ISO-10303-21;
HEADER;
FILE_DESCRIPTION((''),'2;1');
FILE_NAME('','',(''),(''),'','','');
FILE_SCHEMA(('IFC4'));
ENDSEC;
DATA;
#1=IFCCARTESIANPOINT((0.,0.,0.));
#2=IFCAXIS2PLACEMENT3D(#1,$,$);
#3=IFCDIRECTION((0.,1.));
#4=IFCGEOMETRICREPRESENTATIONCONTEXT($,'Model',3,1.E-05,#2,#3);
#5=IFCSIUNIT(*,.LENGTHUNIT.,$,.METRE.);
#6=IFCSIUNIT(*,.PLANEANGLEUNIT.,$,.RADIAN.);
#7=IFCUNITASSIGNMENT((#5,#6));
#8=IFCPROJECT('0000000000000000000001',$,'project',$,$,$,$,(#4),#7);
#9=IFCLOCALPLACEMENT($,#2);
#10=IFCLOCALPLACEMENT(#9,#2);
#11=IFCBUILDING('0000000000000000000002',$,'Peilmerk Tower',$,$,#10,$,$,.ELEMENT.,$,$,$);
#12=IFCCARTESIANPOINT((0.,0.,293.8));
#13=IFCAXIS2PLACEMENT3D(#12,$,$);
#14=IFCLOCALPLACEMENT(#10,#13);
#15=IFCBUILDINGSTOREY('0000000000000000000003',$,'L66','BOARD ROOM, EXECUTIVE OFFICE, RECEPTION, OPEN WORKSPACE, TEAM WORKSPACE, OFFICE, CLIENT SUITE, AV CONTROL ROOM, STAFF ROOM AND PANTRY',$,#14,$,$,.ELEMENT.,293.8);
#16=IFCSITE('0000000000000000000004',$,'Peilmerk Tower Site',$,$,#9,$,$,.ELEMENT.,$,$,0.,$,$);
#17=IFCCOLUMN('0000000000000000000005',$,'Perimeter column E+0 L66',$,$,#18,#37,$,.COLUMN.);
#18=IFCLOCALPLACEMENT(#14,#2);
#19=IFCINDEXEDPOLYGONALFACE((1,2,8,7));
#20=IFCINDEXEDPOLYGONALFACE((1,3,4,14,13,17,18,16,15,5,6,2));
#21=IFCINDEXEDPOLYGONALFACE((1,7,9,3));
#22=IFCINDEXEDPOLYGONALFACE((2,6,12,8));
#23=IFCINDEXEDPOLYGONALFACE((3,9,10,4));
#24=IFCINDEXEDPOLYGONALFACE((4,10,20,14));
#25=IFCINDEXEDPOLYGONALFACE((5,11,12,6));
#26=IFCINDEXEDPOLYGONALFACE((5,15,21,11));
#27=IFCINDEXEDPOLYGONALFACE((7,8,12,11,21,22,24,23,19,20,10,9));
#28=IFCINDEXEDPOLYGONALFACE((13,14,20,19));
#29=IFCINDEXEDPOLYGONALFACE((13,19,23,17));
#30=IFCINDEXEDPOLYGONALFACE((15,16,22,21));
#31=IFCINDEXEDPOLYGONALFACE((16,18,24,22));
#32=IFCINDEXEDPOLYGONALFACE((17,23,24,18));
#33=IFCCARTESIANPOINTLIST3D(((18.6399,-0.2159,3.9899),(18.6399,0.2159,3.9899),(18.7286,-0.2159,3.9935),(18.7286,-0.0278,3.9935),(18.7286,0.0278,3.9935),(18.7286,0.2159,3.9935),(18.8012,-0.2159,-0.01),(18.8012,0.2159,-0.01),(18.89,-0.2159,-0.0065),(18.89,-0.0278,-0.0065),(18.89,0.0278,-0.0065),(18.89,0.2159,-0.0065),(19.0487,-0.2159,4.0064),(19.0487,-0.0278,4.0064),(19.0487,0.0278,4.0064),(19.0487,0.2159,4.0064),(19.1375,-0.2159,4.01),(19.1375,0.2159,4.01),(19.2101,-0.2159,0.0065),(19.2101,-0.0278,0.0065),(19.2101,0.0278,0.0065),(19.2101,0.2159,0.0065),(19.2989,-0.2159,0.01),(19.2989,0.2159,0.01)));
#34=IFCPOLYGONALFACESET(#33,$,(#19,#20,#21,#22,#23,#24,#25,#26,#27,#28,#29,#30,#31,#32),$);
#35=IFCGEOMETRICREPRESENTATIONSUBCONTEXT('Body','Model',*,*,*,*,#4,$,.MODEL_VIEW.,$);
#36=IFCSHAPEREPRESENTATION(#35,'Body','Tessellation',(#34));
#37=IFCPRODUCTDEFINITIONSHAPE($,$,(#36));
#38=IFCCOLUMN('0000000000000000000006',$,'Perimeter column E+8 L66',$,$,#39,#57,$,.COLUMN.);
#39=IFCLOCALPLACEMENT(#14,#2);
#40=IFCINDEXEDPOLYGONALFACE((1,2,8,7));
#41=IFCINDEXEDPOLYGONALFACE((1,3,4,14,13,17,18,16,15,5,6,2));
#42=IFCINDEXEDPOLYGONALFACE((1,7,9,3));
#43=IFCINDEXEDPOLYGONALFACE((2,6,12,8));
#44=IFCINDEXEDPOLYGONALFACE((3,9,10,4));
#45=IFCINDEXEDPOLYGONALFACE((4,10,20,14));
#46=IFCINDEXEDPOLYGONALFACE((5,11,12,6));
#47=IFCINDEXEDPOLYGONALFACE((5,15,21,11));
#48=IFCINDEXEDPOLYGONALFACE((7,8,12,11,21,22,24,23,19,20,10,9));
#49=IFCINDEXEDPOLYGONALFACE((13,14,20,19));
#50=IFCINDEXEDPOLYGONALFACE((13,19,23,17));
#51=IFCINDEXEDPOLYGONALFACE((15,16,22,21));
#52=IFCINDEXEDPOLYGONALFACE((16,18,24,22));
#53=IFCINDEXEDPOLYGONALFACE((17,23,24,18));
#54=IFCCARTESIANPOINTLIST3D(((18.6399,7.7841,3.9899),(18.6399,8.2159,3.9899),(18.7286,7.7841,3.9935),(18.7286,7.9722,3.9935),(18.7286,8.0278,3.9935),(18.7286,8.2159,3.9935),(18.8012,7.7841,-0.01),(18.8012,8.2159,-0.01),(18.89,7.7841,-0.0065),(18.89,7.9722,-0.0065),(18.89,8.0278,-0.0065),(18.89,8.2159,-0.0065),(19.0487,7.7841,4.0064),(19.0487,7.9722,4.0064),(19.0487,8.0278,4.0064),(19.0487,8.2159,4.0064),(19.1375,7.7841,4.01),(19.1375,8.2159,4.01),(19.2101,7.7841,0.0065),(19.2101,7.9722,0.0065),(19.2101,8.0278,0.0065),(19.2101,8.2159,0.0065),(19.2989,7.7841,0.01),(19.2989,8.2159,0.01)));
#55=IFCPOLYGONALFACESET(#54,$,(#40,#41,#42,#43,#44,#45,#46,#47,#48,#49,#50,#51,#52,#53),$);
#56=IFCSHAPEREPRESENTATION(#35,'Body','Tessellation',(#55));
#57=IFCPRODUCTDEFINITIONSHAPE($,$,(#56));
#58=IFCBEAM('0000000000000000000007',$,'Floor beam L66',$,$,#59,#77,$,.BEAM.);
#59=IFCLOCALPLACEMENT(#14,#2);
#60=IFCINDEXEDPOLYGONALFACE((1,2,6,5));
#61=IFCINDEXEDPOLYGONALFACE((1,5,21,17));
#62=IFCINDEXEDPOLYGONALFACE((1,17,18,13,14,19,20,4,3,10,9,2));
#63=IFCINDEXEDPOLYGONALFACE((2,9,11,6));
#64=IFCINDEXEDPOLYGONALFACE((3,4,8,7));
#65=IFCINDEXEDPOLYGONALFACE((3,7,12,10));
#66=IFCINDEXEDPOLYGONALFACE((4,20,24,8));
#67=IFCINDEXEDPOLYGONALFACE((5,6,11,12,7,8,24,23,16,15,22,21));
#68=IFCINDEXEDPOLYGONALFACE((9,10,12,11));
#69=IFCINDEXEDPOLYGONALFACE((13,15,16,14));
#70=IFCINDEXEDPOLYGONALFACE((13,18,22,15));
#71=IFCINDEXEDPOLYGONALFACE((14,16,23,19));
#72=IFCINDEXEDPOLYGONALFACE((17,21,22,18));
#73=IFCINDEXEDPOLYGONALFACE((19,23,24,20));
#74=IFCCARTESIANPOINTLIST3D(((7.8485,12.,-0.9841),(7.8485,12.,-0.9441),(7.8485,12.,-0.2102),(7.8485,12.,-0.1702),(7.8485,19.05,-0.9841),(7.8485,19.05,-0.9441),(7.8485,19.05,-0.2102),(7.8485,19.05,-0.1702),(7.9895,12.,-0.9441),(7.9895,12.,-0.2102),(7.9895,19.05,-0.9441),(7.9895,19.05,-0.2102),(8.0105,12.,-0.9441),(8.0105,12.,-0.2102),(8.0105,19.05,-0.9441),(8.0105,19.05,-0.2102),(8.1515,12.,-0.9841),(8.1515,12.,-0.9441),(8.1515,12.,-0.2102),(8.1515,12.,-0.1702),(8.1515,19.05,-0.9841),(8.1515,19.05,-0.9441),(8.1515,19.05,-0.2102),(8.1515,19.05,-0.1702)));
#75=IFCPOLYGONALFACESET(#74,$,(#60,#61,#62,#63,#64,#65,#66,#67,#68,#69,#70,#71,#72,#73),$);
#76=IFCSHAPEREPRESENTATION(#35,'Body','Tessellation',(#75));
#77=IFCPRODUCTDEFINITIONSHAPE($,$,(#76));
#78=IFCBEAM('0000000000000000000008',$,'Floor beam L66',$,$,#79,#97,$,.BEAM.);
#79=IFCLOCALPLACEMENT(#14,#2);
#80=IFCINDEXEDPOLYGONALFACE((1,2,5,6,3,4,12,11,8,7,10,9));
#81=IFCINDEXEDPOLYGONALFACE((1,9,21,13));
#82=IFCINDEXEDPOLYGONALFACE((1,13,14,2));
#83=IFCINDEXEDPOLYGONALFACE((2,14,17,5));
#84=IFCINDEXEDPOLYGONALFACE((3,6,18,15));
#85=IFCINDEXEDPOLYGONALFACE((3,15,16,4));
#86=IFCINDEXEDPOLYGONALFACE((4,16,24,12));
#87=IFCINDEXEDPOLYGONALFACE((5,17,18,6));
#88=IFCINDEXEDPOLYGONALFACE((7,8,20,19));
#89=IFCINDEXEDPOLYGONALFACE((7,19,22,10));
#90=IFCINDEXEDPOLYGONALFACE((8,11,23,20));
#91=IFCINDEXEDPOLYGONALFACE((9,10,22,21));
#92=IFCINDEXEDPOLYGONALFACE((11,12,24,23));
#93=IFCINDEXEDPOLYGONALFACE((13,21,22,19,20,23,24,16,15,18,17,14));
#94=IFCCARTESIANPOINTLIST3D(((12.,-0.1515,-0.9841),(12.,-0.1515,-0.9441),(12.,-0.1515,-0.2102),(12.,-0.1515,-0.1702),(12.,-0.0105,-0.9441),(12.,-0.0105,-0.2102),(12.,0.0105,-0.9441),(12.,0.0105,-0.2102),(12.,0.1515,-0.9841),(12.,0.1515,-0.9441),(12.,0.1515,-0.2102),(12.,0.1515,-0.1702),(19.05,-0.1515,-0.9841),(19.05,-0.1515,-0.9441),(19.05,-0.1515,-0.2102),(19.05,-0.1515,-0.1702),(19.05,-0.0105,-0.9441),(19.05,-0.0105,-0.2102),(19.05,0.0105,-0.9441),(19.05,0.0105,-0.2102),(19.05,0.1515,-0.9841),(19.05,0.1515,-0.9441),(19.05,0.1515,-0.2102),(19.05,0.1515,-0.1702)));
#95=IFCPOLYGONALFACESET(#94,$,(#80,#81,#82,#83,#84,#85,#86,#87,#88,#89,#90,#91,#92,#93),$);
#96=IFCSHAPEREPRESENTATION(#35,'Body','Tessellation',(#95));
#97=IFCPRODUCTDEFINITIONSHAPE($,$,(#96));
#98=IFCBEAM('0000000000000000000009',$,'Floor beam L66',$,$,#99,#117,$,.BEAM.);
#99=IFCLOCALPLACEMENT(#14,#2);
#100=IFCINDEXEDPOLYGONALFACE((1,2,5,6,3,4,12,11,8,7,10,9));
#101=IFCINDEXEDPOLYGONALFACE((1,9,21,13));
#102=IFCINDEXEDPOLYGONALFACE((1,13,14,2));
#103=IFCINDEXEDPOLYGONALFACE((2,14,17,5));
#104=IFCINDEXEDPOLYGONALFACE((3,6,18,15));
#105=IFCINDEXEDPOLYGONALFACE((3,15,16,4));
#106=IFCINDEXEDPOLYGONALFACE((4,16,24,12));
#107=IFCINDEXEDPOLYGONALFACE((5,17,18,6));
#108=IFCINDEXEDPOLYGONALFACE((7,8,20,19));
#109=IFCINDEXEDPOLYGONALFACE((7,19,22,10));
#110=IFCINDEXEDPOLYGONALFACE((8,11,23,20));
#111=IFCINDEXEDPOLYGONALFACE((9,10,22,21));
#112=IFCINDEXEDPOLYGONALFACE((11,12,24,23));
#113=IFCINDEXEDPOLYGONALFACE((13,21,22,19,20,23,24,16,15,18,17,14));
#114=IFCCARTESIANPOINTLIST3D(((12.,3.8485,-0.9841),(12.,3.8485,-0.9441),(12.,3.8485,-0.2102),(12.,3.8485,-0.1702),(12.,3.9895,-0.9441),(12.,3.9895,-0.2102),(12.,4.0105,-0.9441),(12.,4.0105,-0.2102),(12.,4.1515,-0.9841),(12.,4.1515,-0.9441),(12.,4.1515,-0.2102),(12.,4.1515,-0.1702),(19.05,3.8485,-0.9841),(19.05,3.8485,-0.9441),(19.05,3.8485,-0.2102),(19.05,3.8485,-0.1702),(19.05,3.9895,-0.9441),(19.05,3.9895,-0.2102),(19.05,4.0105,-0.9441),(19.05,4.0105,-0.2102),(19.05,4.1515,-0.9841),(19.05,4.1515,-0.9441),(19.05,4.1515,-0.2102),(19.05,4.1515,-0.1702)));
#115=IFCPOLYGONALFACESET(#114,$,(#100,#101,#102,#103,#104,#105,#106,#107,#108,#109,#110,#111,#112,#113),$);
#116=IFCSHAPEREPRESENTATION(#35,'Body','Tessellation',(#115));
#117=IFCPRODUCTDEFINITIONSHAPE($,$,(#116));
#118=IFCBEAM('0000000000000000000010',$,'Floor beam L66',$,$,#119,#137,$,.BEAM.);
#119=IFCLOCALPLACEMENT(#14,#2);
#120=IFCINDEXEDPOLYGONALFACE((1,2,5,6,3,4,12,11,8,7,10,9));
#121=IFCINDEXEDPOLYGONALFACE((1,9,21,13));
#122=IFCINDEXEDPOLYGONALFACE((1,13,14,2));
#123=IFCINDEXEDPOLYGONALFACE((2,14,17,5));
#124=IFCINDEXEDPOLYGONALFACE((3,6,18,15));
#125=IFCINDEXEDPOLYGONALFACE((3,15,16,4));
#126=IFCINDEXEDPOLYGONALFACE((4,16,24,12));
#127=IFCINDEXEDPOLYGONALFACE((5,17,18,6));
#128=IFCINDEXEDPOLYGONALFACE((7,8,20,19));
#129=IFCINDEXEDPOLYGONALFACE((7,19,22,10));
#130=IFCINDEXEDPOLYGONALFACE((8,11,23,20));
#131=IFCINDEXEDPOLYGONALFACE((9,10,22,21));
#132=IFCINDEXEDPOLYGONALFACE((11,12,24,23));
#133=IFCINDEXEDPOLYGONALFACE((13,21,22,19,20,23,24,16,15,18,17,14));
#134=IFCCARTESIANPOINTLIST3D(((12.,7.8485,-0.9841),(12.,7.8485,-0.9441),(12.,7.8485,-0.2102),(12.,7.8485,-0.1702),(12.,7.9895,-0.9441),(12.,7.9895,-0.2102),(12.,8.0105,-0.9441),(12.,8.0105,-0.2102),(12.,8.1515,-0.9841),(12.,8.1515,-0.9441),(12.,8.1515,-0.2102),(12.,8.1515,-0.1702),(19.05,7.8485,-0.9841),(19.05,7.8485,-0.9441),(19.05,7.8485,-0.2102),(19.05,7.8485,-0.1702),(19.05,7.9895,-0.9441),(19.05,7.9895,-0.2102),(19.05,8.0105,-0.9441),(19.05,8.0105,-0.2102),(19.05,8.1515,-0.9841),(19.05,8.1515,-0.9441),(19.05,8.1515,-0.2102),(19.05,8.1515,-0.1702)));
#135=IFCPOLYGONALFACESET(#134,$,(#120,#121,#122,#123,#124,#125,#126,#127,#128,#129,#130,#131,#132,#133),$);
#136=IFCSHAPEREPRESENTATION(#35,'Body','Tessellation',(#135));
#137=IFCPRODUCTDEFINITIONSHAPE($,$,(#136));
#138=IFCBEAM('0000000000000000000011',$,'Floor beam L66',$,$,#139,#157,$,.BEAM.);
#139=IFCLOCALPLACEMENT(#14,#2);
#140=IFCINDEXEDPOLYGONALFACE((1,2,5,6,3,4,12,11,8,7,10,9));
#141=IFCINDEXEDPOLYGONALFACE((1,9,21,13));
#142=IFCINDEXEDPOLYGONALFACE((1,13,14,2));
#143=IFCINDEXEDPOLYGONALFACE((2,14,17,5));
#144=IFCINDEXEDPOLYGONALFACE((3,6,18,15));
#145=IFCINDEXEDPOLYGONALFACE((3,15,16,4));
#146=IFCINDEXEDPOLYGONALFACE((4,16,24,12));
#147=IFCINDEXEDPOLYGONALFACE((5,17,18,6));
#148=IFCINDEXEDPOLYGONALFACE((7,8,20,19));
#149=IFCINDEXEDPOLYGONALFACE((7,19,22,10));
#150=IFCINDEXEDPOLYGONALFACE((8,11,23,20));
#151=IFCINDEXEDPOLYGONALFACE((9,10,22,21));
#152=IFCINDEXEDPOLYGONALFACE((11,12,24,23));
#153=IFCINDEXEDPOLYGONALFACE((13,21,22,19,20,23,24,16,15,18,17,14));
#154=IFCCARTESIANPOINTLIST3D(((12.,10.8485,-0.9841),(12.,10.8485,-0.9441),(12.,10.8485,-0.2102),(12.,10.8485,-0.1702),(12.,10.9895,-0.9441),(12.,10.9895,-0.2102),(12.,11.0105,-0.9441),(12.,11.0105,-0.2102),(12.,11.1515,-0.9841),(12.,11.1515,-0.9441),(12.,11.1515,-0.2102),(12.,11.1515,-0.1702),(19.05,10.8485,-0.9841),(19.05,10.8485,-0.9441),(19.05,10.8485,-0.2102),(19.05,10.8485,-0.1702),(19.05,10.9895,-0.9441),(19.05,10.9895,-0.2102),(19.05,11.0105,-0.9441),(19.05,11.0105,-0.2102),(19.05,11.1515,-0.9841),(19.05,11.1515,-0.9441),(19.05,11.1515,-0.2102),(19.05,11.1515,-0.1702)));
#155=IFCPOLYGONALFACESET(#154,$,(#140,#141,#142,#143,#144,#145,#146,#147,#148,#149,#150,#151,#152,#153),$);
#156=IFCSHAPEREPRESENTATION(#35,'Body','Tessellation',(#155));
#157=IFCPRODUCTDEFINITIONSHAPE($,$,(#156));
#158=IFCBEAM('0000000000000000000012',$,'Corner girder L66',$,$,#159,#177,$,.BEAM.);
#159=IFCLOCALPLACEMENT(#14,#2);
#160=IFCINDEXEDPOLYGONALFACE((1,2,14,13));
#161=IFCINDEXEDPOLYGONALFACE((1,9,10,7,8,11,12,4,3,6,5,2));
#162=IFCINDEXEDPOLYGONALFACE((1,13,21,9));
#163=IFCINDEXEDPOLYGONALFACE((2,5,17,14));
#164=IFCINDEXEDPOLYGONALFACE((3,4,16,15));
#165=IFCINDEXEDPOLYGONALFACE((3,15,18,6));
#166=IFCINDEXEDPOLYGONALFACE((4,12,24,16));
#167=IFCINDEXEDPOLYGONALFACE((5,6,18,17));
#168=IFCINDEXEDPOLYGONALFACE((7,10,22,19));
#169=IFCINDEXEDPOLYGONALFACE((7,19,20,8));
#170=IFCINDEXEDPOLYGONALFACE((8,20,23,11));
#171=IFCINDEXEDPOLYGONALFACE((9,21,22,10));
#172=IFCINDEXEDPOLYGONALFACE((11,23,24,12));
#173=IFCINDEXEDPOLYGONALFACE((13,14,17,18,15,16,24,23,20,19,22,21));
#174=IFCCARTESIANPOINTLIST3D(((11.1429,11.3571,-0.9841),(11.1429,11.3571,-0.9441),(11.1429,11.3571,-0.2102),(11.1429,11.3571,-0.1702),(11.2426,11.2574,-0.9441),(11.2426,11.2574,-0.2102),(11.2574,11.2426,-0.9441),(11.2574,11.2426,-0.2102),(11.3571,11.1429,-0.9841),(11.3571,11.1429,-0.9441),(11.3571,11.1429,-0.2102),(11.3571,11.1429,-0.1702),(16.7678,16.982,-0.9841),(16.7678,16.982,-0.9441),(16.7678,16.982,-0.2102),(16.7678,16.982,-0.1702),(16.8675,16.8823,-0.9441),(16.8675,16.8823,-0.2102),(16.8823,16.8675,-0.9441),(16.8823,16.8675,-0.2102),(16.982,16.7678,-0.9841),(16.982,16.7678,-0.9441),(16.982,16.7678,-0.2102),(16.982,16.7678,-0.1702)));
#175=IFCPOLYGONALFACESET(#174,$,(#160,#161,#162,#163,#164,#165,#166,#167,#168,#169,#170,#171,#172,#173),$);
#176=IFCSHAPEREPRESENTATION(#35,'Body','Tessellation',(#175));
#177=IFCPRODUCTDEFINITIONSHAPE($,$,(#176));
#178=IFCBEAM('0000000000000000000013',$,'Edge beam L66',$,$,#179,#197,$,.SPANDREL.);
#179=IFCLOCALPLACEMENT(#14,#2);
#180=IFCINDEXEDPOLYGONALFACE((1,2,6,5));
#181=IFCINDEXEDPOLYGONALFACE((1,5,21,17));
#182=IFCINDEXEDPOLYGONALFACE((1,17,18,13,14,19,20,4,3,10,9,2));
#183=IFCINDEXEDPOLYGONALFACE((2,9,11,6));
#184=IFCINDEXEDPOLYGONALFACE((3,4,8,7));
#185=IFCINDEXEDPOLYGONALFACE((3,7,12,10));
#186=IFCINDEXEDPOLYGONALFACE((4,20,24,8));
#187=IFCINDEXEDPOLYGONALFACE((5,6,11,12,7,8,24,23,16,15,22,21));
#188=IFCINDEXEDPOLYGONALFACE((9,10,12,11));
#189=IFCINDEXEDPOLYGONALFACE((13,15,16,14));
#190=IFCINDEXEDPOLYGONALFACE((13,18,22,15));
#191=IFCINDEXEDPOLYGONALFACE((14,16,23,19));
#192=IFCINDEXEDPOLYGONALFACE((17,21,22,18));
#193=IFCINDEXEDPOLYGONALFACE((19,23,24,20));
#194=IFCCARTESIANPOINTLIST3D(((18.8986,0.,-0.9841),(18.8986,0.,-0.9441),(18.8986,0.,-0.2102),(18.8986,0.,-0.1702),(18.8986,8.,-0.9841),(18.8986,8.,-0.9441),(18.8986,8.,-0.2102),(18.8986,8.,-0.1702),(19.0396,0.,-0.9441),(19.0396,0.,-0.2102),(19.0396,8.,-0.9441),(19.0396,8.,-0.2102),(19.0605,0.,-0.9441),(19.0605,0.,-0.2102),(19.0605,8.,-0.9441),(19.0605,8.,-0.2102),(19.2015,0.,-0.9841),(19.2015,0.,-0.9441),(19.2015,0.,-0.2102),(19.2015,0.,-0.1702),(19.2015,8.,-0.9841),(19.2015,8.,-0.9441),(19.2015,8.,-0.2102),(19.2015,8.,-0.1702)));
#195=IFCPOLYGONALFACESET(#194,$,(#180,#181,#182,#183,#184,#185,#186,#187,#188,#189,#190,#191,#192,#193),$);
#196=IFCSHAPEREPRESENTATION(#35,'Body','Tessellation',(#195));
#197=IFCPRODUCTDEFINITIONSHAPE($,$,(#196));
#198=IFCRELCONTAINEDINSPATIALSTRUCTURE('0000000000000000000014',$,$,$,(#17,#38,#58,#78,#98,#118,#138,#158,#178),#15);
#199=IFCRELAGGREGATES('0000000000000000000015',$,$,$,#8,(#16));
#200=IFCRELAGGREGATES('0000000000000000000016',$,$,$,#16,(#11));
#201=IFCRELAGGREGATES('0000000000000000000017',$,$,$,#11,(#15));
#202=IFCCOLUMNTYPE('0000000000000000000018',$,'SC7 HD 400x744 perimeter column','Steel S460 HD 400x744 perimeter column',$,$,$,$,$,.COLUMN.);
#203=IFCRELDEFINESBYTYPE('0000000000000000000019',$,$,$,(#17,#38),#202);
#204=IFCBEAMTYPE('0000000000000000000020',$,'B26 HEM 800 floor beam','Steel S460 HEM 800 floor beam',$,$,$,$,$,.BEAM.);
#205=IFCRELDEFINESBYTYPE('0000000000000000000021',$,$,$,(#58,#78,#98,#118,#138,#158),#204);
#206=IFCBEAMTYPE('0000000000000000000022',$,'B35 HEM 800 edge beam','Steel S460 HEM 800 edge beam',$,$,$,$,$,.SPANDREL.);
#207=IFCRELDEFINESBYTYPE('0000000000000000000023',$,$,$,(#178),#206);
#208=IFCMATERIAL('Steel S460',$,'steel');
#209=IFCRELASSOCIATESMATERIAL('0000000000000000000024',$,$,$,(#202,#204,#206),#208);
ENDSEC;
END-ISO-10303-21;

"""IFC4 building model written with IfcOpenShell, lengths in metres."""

from ifc_helpers import new_model, si_unit, direction, frame, origin, origin_2d, place, context, subcontext, project, spatial, i_section, extrude, material, material_profile, profile_set, type_object, element, save


model = new_model("IFC4")

# Units and contexts
model_context = context("Model", 3, precision=1e-05, world=origin(), true_north=direction((0.0, 1.0)))
body_context = subcontext(model_context, "Body", "Model", "MODEL_VIEW")
ifc_project = project(units=[si_unit("LENGTHUNIT", "METRE"), si_unit("PLANEANGLEUNIT", "RADIAN")], contexts=[model_context])

# Site, building, storey
site_placement = place(None, origin())
site = spatial("IfcSite", under=ifc_project, at=site_placement, Name="Peilmerk Tower Site", CompositionType="ELEMENT", RefElevation=0.0)
building_placement = place(site_placement, origin())
building = spatial("IfcBuilding", under=site, at=building_placement, Name="Peilmerk Tower", CompositionType="ELEMENT")
storey_placement = place(building_placement, frame((0.0, 0.0, 293.8)))
storey = spatial("IfcBuildingStorey", under=building, at=storey_placement, Name="L66", Description="BOARD ROOM, EXECUTIVE OFFICE, RECEPTION, OPEN WORKSPACE, TEAM WORKSPACE, OFFICE, CLIENT SUITE, AV CONTROL ROOM, STAFF ROOM AND PANTRY", CompositionType="ELEMENT", Elevation=293.8)

# Columns
ifc_material_1 = material(Name="Steel S460", Category="steel")
ifc_material_profile_1 = material_profile(ifc_material_1, i_section(OverallWidth=0.4319, OverallDepth=0.498, WebThickness=0.0557, FlangeThickness=0.0889, at=origin_2d()), Name="HD 400x744")
ifc_profile_set_1 = profile_set([ifc_material_profile_1], Name="Steel S460")
column_type = type_object("IfcColumnType", Name="SC7 HD 400x744 perimeter column", Description="Steel S460 HD 400x744 perimeter column", PredefinedType="COLUMN", material=ifc_profile_set_1)
for number, where, z_axis, x_axis, name in (
    (1, (19.05, 0.0, 0.0), (-0.040311, 0.0, 0.999187), (0.0, -1.0, 0.0), "Perimeter column E+0 L66"),
    (2, (19.05, 8.0, 0.0), (-0.040311, 0.0, 0.999187), (0.0, -1.0, 0.0), "Perimeter column E+8 L66"),
):
    element("IfcColumn", number, at=place(storey_placement, frame(where, z_axis=z_axis, x_axis=x_axis)), inside=storey, type_object=column_type, Name=name, PredefinedType="COLUMN", context=body_context, shape_type="SweptSolid", body=[
        extrude(i_section(OverallWidth=0.4319, OverallDepth=0.498, WebThickness=0.0557, FlangeThickness=0.0889, at=origin_2d()), origin(), (0.0, 0.0, 1.0), 4.0032),
    ])

# Beams
ifc_material_profile_2 = material_profile(ifc_material_1, i_section(OverallWidth=0.303, OverallDepth=0.814, WebThickness=0.021, FlangeThickness=0.04, at=origin_2d()), Name="HEM 800")
ifc_profile_set_2 = profile_set([ifc_material_profile_2], Name="Steel S460")
beam_type_1 = type_object("IfcBeamType", Name="B26 HEM 800 floor beam", Description="Steel S460 HEM 800 floor beam", PredefinedType="BEAM", material=ifc_profile_set_2)
for number, where, z_axis, x_axis, name in (
    (3, (8.0, 12.0, -0.5771), (0.0, 1.0, 0.0), (-1.0, 0.0, 0.0), "Floor beam L66"),
    (4, (12.0, 0.0, -0.5771), (1.0, 0.0, 0.0), (0.0, 1.0, 0.0), "Floor beam L66"),
    (5, (12.0, 4.0, -0.5771), (1.0, 0.0, 0.0), (0.0, 1.0, 0.0), "Floor beam L66"),
    (6, (12.0, 8.0, -0.5771), (1.0, 0.0, 0.0), (0.0, 1.0, 0.0), "Floor beam L66"),
    (7, (12.0, 11.0, -0.5771), (1.0, 0.0, 0.0), (0.0, 1.0, 0.0), "Floor beam L66"),
):
    element("IfcBeam", number, at=place(storey_placement, frame(where, z_axis=z_axis, x_axis=x_axis)), inside=storey, type_object=beam_type_1, Name=name, PredefinedType="BEAM", context=body_context, shape_type="SweptSolid", body=[
        extrude(i_section(OverallWidth=0.303, OverallDepth=0.814, WebThickness=0.021, FlangeThickness=0.04, at=origin_2d()), origin(), (0.0, 0.0, 1.0), 7.05),
    ])
beam_1_placement = place(storey_placement, frame((11.25, 11.25, -0.5771), z_axis=(0.707107, 0.707107, 0.0), x_axis=(-0.707107, 0.707107, 0.0)))
element("IfcBeam", 8, at=beam_1_placement, inside=storey, type_object=beam_type_1, Name="Corner girder L66", PredefinedType="BEAM", context=body_context, shape_type="SweptSolid", body=[
    extrude(i_section(OverallWidth=0.303, OverallDepth=0.814, WebThickness=0.021, FlangeThickness=0.04, at=origin_2d()), origin(), (0.0, 0.0, 1.0), 7.9548),
])
ifc_material_profile_3 = material_profile(ifc_material_1, i_section(OverallWidth=0.303, OverallDepth=0.814, WebThickness=0.021, FlangeThickness=0.04, at=origin_2d()), Name="HEM 800")
ifc_profile_set_3 = profile_set([ifc_material_profile_3], Name="Steel S460")
beam_type_2 = type_object("IfcBeamType", Name="B35 HEM 800 edge beam", Description="Steel S460 HEM 800 edge beam", PredefinedType="SPANDREL", material=ifc_profile_set_3)
beam_2_placement = place(storey_placement, frame((19.05, 0.0, -0.5771), z_axis=(0.0, 1.0, 0.0), x_axis=(-1.0, 0.0, 0.0)))
element("IfcBeam", 9, at=beam_2_placement, inside=storey, type_object=beam_type_2, Name="Edge beam L66", PredefinedType="SPANDREL", context=body_context, shape_type="SweptSolid", body=[
    extrude(i_section(OverallWidth=0.303, OverallDepth=0.814, WebThickness=0.021, FlangeThickness=0.04, at=origin_2d()), origin(), (0.0, 0.0, 1.0), 8.0),
])

save(model, "model.ifc")
